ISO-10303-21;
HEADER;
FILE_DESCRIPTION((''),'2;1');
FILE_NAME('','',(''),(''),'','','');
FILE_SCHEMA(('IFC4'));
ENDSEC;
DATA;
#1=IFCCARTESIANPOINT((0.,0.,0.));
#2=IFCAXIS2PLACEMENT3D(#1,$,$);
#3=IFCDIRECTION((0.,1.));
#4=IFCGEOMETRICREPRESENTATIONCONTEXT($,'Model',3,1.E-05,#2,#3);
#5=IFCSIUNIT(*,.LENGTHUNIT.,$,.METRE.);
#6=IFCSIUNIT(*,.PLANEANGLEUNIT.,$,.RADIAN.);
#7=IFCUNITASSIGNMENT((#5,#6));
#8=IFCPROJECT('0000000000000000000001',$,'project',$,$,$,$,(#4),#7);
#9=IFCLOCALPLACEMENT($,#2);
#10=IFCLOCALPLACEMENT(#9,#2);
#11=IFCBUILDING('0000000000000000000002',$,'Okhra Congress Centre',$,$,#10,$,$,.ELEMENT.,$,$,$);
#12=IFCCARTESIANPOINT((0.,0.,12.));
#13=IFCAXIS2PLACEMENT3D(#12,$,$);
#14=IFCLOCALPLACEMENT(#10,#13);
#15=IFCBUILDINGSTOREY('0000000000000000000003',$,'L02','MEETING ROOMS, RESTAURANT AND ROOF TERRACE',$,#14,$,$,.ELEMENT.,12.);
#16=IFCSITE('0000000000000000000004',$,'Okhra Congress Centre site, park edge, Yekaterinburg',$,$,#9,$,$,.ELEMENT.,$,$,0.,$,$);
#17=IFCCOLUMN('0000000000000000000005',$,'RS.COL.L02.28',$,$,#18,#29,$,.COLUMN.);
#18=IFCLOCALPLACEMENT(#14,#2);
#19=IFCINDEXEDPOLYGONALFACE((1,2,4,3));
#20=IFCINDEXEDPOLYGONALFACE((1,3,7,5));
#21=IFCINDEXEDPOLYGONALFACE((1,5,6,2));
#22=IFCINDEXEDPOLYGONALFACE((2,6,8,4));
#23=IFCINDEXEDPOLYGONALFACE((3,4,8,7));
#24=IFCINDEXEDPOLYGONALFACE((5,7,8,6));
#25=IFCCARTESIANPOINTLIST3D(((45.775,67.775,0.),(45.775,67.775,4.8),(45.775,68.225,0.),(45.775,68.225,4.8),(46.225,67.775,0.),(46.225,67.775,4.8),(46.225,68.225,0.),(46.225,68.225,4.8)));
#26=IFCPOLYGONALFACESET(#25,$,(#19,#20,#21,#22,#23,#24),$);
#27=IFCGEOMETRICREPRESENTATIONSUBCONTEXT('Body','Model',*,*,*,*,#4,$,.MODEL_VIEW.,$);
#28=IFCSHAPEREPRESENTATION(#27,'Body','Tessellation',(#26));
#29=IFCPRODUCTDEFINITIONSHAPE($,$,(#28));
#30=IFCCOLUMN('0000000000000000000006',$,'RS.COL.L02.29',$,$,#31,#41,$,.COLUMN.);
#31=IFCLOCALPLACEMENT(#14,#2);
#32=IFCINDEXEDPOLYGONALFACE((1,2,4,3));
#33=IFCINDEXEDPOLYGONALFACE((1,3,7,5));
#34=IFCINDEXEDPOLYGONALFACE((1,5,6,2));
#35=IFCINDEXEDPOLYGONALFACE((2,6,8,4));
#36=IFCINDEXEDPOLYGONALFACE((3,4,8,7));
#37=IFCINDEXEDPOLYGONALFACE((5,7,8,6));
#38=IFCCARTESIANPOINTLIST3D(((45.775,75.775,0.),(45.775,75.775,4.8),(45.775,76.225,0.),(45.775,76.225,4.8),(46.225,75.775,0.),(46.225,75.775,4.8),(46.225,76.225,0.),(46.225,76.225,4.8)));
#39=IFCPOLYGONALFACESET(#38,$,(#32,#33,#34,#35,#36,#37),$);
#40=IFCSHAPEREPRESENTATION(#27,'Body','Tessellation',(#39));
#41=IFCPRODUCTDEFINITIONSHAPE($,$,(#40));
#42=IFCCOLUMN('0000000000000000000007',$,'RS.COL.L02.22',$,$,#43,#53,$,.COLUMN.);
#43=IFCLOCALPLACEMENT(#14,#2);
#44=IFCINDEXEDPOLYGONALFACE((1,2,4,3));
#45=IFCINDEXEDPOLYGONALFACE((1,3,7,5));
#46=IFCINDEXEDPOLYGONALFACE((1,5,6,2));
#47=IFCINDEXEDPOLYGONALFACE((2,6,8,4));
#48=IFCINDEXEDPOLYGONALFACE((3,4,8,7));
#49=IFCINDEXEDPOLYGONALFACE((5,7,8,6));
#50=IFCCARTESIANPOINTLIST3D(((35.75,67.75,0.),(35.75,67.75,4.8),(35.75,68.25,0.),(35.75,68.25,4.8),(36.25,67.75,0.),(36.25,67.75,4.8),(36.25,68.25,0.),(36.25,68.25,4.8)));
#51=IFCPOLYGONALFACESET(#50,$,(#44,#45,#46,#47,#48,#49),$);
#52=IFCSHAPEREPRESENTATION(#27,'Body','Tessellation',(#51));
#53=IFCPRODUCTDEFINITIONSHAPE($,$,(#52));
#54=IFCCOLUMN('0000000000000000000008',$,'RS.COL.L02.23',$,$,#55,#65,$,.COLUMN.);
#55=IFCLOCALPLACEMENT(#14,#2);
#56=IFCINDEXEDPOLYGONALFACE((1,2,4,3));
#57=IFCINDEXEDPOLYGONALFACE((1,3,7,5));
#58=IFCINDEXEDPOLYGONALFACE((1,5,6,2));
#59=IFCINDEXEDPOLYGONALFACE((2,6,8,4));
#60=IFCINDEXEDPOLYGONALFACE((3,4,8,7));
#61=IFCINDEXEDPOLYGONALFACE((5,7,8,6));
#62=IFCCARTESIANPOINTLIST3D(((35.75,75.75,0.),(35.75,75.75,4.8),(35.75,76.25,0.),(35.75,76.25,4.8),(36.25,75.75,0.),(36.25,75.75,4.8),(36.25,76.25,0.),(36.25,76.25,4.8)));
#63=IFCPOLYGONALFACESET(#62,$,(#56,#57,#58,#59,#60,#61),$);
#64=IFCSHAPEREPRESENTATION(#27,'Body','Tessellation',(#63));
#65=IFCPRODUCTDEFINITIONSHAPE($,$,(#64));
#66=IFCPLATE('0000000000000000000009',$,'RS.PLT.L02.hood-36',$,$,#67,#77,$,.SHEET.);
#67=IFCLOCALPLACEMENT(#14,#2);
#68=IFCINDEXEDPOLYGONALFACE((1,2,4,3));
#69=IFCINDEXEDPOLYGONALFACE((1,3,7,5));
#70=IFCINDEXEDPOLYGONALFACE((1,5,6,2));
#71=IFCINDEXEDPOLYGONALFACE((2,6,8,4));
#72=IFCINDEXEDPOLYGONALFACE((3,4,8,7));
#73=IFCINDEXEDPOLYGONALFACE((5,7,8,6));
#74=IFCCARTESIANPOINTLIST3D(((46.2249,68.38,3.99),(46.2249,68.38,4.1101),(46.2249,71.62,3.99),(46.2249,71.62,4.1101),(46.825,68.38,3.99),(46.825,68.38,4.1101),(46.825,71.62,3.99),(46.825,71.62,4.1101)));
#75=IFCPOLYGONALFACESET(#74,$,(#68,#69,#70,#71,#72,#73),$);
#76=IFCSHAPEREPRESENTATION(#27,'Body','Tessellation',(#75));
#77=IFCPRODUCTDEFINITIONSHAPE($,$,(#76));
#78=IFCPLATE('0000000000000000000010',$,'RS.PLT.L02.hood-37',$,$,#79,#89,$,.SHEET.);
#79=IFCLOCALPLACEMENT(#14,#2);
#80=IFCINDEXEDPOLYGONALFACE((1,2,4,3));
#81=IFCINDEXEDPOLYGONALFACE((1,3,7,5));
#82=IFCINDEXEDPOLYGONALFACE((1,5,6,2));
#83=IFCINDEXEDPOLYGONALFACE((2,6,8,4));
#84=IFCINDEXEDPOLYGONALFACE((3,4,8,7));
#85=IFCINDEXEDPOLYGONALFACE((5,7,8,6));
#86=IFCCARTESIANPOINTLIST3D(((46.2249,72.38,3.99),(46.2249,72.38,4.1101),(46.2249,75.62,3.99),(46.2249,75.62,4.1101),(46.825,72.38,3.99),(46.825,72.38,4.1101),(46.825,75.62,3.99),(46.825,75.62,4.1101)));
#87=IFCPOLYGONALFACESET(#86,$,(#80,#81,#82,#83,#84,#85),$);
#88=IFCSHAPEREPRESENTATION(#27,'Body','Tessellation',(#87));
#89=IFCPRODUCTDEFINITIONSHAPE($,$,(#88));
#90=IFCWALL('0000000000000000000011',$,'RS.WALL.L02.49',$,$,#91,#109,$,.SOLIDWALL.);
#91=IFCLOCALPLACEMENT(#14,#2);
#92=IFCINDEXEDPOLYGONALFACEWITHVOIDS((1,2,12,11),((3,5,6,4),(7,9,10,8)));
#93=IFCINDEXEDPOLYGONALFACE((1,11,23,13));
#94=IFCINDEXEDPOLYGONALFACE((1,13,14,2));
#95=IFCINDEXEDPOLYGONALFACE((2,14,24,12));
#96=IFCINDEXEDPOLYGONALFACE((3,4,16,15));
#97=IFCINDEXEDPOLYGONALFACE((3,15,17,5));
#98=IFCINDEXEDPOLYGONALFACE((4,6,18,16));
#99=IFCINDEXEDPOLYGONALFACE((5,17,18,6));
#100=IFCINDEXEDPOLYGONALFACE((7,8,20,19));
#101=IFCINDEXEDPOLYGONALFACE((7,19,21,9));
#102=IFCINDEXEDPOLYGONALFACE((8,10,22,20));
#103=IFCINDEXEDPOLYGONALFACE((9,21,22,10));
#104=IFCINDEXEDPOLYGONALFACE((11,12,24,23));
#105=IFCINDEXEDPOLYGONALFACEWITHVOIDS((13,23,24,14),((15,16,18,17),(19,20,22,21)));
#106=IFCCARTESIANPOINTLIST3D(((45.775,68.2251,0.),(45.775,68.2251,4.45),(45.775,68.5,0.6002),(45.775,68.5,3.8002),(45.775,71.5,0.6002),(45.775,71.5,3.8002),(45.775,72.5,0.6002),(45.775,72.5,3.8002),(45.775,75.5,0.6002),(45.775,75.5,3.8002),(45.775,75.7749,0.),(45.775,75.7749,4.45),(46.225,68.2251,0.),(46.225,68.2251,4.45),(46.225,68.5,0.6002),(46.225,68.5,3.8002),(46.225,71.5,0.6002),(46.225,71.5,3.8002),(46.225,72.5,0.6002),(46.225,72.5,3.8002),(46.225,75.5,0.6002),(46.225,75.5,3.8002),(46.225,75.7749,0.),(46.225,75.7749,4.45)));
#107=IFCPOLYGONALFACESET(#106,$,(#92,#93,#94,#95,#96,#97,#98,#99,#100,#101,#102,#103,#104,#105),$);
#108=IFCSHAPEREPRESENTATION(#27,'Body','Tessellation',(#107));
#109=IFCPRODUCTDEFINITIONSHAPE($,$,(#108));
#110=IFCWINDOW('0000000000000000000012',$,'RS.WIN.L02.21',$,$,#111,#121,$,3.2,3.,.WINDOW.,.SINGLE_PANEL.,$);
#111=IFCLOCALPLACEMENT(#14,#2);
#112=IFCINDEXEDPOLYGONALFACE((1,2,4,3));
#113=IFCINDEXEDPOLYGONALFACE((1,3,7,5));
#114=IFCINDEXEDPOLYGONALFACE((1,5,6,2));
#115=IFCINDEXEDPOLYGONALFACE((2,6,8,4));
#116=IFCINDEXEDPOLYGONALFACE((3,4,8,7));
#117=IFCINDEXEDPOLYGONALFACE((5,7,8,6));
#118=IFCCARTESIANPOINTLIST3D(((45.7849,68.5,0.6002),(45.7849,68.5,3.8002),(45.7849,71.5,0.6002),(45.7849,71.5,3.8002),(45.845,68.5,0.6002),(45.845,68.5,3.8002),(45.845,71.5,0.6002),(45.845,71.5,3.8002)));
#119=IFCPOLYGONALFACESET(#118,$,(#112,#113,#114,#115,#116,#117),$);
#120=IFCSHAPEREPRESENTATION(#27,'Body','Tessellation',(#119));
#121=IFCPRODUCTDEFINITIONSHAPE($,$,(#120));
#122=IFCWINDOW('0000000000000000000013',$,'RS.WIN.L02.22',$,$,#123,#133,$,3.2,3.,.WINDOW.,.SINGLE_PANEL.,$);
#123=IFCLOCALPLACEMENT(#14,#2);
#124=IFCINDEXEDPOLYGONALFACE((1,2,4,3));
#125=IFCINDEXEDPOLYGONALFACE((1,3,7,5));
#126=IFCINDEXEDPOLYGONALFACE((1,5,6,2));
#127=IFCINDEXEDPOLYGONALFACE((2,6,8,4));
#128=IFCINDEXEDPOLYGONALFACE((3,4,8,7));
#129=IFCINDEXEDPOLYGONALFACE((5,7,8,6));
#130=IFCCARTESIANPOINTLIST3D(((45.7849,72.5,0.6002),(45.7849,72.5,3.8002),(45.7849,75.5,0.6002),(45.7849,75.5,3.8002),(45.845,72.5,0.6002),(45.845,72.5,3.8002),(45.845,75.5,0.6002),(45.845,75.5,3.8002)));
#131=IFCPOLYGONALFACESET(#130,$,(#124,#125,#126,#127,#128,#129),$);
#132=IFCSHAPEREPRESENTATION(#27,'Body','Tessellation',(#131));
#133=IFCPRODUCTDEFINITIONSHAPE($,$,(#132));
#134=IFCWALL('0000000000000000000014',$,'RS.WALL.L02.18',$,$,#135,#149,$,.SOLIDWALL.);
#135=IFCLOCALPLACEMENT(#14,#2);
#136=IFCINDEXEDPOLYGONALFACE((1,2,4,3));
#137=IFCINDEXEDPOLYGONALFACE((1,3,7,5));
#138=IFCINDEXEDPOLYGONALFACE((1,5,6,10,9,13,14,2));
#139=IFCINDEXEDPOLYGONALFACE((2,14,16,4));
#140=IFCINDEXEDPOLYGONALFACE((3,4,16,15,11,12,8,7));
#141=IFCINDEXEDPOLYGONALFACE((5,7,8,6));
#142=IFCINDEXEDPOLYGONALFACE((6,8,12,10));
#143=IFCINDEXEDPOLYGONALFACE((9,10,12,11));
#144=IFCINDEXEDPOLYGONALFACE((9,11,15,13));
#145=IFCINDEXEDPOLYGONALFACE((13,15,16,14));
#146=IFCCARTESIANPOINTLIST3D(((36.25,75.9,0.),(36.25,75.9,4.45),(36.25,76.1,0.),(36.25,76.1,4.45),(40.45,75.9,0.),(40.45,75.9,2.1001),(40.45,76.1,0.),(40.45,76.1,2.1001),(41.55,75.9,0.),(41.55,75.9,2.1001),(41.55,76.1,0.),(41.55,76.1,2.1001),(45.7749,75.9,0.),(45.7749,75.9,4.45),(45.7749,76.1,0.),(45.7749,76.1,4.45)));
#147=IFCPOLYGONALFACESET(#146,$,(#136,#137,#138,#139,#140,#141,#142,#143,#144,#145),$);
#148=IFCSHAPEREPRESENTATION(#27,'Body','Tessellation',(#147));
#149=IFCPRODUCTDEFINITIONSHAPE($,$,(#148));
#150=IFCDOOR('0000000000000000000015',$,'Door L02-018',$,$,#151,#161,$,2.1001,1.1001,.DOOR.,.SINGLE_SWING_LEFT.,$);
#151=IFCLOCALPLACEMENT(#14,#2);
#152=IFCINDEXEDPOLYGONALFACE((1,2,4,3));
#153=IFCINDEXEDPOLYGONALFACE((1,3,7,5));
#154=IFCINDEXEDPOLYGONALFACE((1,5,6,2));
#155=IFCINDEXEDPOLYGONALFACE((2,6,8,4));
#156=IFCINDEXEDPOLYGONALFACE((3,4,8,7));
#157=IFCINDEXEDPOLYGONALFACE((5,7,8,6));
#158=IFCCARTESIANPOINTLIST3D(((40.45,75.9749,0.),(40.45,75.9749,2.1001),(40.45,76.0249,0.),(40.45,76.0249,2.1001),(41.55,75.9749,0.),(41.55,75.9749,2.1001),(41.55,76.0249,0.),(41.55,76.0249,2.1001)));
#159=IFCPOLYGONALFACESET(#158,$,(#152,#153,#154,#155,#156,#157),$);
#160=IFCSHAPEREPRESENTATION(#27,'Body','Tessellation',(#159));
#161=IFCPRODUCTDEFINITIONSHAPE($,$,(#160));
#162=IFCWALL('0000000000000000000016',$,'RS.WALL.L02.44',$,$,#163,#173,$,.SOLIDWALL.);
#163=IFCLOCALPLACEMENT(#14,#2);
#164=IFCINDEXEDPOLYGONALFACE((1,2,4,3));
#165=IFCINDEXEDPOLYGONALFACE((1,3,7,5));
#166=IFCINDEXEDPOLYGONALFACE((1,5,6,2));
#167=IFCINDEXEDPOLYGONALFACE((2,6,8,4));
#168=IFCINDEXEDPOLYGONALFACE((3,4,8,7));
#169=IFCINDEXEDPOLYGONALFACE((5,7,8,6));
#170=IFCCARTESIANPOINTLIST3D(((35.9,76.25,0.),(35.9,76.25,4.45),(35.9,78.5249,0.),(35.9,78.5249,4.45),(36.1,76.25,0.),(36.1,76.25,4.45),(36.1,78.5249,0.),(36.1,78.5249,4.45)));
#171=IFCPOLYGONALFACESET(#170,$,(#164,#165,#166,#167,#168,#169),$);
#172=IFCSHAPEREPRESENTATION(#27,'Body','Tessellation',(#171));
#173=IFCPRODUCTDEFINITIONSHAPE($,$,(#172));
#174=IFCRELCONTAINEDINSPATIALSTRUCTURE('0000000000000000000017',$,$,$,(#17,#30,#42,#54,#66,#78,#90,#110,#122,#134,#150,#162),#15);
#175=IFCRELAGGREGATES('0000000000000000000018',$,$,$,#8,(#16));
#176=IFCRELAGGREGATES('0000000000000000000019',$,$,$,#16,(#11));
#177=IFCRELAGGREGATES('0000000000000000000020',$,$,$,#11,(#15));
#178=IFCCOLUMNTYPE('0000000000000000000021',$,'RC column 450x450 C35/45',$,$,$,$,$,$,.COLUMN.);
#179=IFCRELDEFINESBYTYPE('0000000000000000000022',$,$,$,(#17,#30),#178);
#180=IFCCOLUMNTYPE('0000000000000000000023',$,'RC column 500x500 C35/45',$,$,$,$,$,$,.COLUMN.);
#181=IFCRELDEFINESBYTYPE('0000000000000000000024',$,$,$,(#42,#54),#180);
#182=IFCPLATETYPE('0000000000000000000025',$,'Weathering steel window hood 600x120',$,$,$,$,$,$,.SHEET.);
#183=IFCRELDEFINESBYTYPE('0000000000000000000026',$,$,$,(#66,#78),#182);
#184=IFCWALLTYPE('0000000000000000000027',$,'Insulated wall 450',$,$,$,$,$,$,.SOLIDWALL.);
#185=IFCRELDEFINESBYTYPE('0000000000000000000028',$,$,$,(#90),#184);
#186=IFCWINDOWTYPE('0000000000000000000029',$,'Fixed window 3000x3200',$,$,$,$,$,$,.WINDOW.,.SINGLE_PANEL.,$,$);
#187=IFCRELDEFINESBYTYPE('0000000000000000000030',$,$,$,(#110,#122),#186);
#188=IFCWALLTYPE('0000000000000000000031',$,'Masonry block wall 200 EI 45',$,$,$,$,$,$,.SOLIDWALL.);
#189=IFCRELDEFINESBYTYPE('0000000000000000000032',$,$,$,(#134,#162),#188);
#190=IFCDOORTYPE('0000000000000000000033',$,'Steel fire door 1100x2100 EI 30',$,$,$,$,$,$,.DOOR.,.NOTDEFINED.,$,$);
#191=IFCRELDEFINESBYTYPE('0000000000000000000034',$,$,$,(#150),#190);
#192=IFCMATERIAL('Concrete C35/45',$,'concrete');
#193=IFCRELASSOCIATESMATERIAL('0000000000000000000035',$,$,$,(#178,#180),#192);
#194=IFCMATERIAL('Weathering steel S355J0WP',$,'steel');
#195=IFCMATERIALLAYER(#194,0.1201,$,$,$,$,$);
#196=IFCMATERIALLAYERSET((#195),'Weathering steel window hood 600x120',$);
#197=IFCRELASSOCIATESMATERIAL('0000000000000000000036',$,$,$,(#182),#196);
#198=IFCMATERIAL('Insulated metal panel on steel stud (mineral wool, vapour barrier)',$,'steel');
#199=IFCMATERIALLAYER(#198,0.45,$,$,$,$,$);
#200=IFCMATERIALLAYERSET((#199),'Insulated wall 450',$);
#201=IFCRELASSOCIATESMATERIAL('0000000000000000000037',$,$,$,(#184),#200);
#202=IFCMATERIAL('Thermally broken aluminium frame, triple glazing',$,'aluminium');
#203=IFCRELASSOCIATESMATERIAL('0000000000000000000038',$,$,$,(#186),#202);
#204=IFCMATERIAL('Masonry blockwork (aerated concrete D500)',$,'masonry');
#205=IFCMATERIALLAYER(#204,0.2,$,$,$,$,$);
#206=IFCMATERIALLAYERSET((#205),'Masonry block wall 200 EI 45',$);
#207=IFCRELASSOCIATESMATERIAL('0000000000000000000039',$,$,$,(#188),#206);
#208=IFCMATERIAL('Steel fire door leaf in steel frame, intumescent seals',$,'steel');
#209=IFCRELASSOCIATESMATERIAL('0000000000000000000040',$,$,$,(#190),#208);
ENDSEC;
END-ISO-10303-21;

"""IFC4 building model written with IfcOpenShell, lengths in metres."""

from ifc_helpers import new_model, si_unit, direction, frame, frame_2d, origin, origin_2d, place, context, subcontext, project, spatial, rectangle, extrude, material, layer, layer_set, material_profile, profile_set, type_object, element, fill, save


model = new_model("IFC4")

# Units and contexts
model_context = context("Model", 3, precision=1e-05, world=origin(), true_north=direction((0.0, 1.0)))
body_context = subcontext(model_context, "Body", "Model", "MODEL_VIEW")
ifc_project = project(units=[si_unit("LENGTHUNIT", "METRE"), si_unit("PLANEANGLEUNIT", "RADIAN")], contexts=[model_context])

# Site, building, storey
site_placement = place(None, origin())
site = spatial("IfcSite", under=ifc_project, at=site_placement, Name="Okhra Congress Centre site, park edge, Yekaterinburg", CompositionType="ELEMENT", RefElevation=0.0)
building_placement = place(site_placement, origin())
building = spatial("IfcBuilding", under=site, at=building_placement, Name="Okhra Congress Centre", CompositionType="ELEMENT")
storey_placement = place(building_placement, frame((0.0, 0.0, 12.0)))
storey = spatial("IfcBuildingStorey", under=building, at=storey_placement, Name="L02", Description="MEETING ROOMS, RESTAURANT AND ROOF TERRACE", CompositionType="ELEMENT", Elevation=12.0)

# Columns
ifc_material_1 = material(Name="Concrete C35/45", Category="concrete")
ifc_material_profile_1 = material_profile(ifc_material_1, rectangle(XDim=0.45, YDim=0.45, at=origin_2d()), Name="RC 450x450")
ifc_profile_set_1 = profile_set([ifc_material_profile_1], Name="Concrete C35/45")
column_type_1 = type_object("IfcColumnType", Name="RC column 450x450 C35/45", PredefinedType="COLUMN", material=ifc_profile_set_1)
for number, where, z_axis, x_axis, name in (
    (1, (46.0, 68.0, 0.0), (0.0, 0.0, 1.0), (1.0, 0.0, 0.0), "RS.COL.L02.28"),
    (2, (46.0, 76.0, 0.0), (0.0, 0.0, 1.0), (1.0, 0.0, 0.0), "RS.COL.L02.29"),
):
    element("IfcColumn", number, at=place(storey_placement, frame(where, z_axis=z_axis, x_axis=x_axis)), inside=storey, type_object=column_type_1, Name=name, PredefinedType="COLUMN", context=body_context, shape_type="SweptSolid", body=[
        extrude(rectangle(XDim=0.45, YDim=0.45, at=origin_2d()), origin(), (0.0, 0.0, 1.0), 4.8),
    ])
ifc_material_profile_2 = material_profile(ifc_material_1, rectangle(XDim=0.5, YDim=0.5, at=origin_2d()), Name="RC 500x500")
ifc_profile_set_2 = profile_set([ifc_material_profile_2], Name="Concrete C35/45")
column_type_2 = type_object("IfcColumnType", Name="RC column 500x500 C35/45", PredefinedType="COLUMN", material=ifc_profile_set_2)
for number, where, z_axis, x_axis, name in (
    (3, (36.0, 68.0, 0.0), (0.0, 0.0, 1.0), (1.0, 0.0, 0.0), "RS.COL.L02.22"),
    (4, (36.0, 76.0, 0.0), (0.0, 0.0, 1.0), (1.0, 0.0, 0.0), "RS.COL.L02.23"),
):
    element("IfcColumn", number, at=place(storey_placement, frame(where, z_axis=z_axis, x_axis=x_axis)), inside=storey, type_object=column_type_2, Name=name, PredefinedType="COLUMN", context=body_context, shape_type="SweptSolid", body=[
        extrude(rectangle(XDim=0.5, YDim=0.5, at=origin_2d()), origin(), (0.0, 0.0, 1.0), 4.8),
    ])

# Plates
ifc_material_2 = material(Name="Weathering steel S355J0WP", Category="steel")
ifc_layer_1 = layer(ifc_material_2, 0.1201)
ifc_layer_set_1 = layer_set([ifc_layer_1], Name="Weathering steel window hood 600x120")
plate_type = type_object("IfcPlateType", Name="Weathering steel window hood 600x120", PredefinedType="SHEET", material=ifc_layer_set_1)
for number, where, z_axis, x_axis, name in (
    (5, (46.5249, 70.0, 3.99), (0.0, 0.0, 1.0), (0.0, 1.0, 0.0), "RS.PLT.L02.hood-36"),
    (6, (46.5249, 74.0, 3.99), (0.0, 0.0, 1.0), (0.0, 1.0, 0.0), "RS.PLT.L02.hood-37"),
):
    element("IfcPlate", number, at=place(storey_placement, frame(where, z_axis=z_axis, x_axis=x_axis)), inside=storey, type_object=plate_type, Name=name, PredefinedType="SHEET", context=body_context, shape_type="SweptSolid", body=[
        extrude(rectangle(XDim=3.24, YDim=0.6001, at=origin_2d()), origin(), (0.0, 0.0, 1.0), 0.1201),
    ])

# Wall, openings, windows
ifc_material_3 = material(Name="Insulated metal panel on steel stud (mineral wool, vapour barrier)", Category="steel")
ifc_layer_2 = layer(ifc_material_3, 0.45)
ifc_layer_set_2 = layer_set([ifc_layer_2], Name="Insulated wall 450")
wall_type_1 = type_object("IfcWallType", Name="Insulated wall 450", PredefinedType="SOLIDWALL", material=ifc_layer_set_2)
wall_1_placement = place(storey_placement, frame((46.0, 68.2251, 0.0), z_axis=(0.0, 0.0, 1.0), x_axis=(0.0, 1.0, 0.0)))
wall_1 = element("IfcWall", 7, at=wall_1_placement, inside=storey, type_object=wall_type_1, Name="RS.WALL.L02.49", PredefinedType="SOLIDWALL", context=body_context, shape_type="SweptSolid", body=[
    extrude(rectangle(XDim=7.5498, YDim=0.45, at=frame_2d((3.7749, 0.0))), origin(), (0.0, 0.0, 1.0), 4.45),
])
opening_1_placement = place(wall_1_placement, frame((0.2749, 0.0, 0.6001)))
opening_1 = element("IfcOpeningElement", 8, at=opening_1_placement, cuts=wall_1, PredefinedType="OPENING", context=body_context, shape_type="SweptSolid", body=[
    extrude(rectangle(XDim=3.0, YDim=3.2, at=frame_2d((1.5, 1.6001))), frame((0.0, 0.2349, 0.0), z_axis=(0.0, -1.0, 0.0), x_axis=(1.0, 0.0, 0.0)), (0.0, 0.0, 1.0), 0.47),
])
opening_2_placement = place(wall_1_placement, frame((4.2749, 0.0, 0.6001)))
opening_2 = element("IfcOpeningElement", 9, at=opening_2_placement, cuts=wall_1, PredefinedType="OPENING", context=body_context, shape_type="SweptSolid", body=[
    extrude(rectangle(XDim=3.0, YDim=3.2, at=frame_2d((1.5, 1.6001))), frame((0.0, 0.2349, 0.0), z_axis=(0.0, -1.0, 0.0), x_axis=(1.0, 0.0, 0.0)), (0.0, 0.0, 1.0), 0.47),
])
ifc_material_4 = material(Name="Thermally broken aluminium frame, triple glazing", Category="aluminium")
window_type = type_object("IfcWindowType", Name="Fixed window 3000x3200", PartitioningType="SINGLE_PANEL", PredefinedType="WINDOW", material=ifc_material_4)
window_1_placement = place(opening_1_placement, origin())
window_1 = element("IfcWindow", 10, at=window_1_placement, inside=storey, type_object=window_type, Name="RS.WIN.L02.21", OverallHeight=3.2, OverallWidth=3.0, PartitioningType="SINGLE_PANEL", PredefinedType="WINDOW", context=body_context, shape_type="SweptSolid", body=[
    extrude(rectangle(XDim=3.0, YDim=3.2, at=frame_2d((1.5, 1.6001))), frame((0.0, 0.2151, 0.0), z_axis=(0.0, -1.0, 0.0), x_axis=(1.0, 0.0, 0.0)), (0.0, 0.0, 1.0), 0.0601),
])
fill(opening_1, window_1)
window_2_placement = place(opening_2_placement, origin())
window_2 = element("IfcWindow", 11, at=window_2_placement, inside=storey, type_object=window_type, Name="RS.WIN.L02.22", OverallHeight=3.2, OverallWidth=3.0, PartitioningType="SINGLE_PANEL", PredefinedType="WINDOW", context=body_context, shape_type="SweptSolid", body=[
    extrude(rectangle(XDim=3.0, YDim=3.2, at=frame_2d((1.5, 1.6001))), frame((0.0, 0.2151, 0.0), z_axis=(0.0, -1.0, 0.0), x_axis=(1.0, 0.0, 0.0)), (0.0, 0.0, 1.0), 0.0601),
])
fill(opening_2, window_2)

# Wall, opening, door
ifc_material_5 = material(Name="Masonry blockwork (aerated concrete D500)", Category="masonry")
ifc_layer_3 = layer(ifc_material_5, 0.2)
ifc_layer_set_3 = layer_set([ifc_layer_3], Name="Masonry block wall 200 EI 45")
wall_type_2 = type_object("IfcWallType", Name="Masonry block wall 200 EI 45", PredefinedType="SOLIDWALL", material=ifc_layer_set_3)
wall_2_placement = place(storey_placement, frame((36.25, 76.0, 0.0), z_axis=(0.0, 0.0, 1.0), x_axis=(1.0, 0.0, 0.0)))
wall_2 = element("IfcWall", 12, at=wall_2_placement, inside=storey, type_object=wall_type_2, Name="RS.WALL.L02.18", PredefinedType="SOLIDWALL", context=body_context, shape_type="SweptSolid", body=[
    extrude(rectangle(XDim=9.5249, YDim=0.2, at=frame_2d((4.7625, 0.0))), origin(), (0.0, 0.0, 1.0), 4.45),
])
opening_3_placement = place(wall_2_placement, frame((4.2, 0.0, 0.0)))
opening_3 = element("IfcOpeningElement", 13, at=opening_3_placement, cuts=wall_2, PredefinedType="OPENING", context=body_context, shape_type="SweptSolid", body=[
    extrude(rectangle(XDim=1.1001, YDim=2.1001, at=frame_2d((0.55, 1.05))), frame((0.0, 0.1099, 0.0), z_axis=(0.0, -1.0, 0.0), x_axis=(1.0, 0.0, 0.0)), (0.0, 0.0, 1.0), 0.22),
])
ifc_material_6 = material(Name="Steel fire door leaf in steel frame, intumescent seals", Category="steel")
door_type_1 = type_object("IfcDoorType", Name="Steel fire door 1100x2100 EI 30", OperationType="NOTDEFINED", PredefinedType="DOOR", material=ifc_material_6)
door_1_placement = place(opening_3_placement, origin())
door_1 = element("IfcDoor", 14, at=door_1_placement, inside=storey, type_object=door_type_1, Name="Door L02-018", OperationType="SINGLE_SWING_LEFT", OverallHeight=2.1001, OverallWidth=1.1001, PredefinedType="DOOR", context=body_context, shape_type="SweptSolid", body=[
    extrude(rectangle(XDim=1.1001, YDim=2.1001, at=frame_2d((0.55, 1.05))), frame((0.0, 0.0249, 0.0), z_axis=(0.0, -1.0, 0.0), x_axis=(1.0, 0.0, 0.0)), (0.0, 0.0, 1.0), 0.05),
])
fill(opening_3, door_1)

# Wall
wall_3_placement = place(storey_placement, frame((36.0, 76.25, 0.0), z_axis=(0.0, 0.0, 1.0), x_axis=(0.0, 1.0, 0.0)))
element("IfcWall", 15, at=wall_3_placement, inside=storey, type_object=wall_type_2, Name="RS.WALL.L02.44", PredefinedType="SOLIDWALL", context=body_context, shape_type="SweptSolid", body=[
    extrude(rectangle(XDim=2.2749, YDim=0.2, at=frame_2d((1.1375, 0.0))), origin(), (0.0, 0.0, 1.0), 4.45),
])

save(model, "model.ifc")
